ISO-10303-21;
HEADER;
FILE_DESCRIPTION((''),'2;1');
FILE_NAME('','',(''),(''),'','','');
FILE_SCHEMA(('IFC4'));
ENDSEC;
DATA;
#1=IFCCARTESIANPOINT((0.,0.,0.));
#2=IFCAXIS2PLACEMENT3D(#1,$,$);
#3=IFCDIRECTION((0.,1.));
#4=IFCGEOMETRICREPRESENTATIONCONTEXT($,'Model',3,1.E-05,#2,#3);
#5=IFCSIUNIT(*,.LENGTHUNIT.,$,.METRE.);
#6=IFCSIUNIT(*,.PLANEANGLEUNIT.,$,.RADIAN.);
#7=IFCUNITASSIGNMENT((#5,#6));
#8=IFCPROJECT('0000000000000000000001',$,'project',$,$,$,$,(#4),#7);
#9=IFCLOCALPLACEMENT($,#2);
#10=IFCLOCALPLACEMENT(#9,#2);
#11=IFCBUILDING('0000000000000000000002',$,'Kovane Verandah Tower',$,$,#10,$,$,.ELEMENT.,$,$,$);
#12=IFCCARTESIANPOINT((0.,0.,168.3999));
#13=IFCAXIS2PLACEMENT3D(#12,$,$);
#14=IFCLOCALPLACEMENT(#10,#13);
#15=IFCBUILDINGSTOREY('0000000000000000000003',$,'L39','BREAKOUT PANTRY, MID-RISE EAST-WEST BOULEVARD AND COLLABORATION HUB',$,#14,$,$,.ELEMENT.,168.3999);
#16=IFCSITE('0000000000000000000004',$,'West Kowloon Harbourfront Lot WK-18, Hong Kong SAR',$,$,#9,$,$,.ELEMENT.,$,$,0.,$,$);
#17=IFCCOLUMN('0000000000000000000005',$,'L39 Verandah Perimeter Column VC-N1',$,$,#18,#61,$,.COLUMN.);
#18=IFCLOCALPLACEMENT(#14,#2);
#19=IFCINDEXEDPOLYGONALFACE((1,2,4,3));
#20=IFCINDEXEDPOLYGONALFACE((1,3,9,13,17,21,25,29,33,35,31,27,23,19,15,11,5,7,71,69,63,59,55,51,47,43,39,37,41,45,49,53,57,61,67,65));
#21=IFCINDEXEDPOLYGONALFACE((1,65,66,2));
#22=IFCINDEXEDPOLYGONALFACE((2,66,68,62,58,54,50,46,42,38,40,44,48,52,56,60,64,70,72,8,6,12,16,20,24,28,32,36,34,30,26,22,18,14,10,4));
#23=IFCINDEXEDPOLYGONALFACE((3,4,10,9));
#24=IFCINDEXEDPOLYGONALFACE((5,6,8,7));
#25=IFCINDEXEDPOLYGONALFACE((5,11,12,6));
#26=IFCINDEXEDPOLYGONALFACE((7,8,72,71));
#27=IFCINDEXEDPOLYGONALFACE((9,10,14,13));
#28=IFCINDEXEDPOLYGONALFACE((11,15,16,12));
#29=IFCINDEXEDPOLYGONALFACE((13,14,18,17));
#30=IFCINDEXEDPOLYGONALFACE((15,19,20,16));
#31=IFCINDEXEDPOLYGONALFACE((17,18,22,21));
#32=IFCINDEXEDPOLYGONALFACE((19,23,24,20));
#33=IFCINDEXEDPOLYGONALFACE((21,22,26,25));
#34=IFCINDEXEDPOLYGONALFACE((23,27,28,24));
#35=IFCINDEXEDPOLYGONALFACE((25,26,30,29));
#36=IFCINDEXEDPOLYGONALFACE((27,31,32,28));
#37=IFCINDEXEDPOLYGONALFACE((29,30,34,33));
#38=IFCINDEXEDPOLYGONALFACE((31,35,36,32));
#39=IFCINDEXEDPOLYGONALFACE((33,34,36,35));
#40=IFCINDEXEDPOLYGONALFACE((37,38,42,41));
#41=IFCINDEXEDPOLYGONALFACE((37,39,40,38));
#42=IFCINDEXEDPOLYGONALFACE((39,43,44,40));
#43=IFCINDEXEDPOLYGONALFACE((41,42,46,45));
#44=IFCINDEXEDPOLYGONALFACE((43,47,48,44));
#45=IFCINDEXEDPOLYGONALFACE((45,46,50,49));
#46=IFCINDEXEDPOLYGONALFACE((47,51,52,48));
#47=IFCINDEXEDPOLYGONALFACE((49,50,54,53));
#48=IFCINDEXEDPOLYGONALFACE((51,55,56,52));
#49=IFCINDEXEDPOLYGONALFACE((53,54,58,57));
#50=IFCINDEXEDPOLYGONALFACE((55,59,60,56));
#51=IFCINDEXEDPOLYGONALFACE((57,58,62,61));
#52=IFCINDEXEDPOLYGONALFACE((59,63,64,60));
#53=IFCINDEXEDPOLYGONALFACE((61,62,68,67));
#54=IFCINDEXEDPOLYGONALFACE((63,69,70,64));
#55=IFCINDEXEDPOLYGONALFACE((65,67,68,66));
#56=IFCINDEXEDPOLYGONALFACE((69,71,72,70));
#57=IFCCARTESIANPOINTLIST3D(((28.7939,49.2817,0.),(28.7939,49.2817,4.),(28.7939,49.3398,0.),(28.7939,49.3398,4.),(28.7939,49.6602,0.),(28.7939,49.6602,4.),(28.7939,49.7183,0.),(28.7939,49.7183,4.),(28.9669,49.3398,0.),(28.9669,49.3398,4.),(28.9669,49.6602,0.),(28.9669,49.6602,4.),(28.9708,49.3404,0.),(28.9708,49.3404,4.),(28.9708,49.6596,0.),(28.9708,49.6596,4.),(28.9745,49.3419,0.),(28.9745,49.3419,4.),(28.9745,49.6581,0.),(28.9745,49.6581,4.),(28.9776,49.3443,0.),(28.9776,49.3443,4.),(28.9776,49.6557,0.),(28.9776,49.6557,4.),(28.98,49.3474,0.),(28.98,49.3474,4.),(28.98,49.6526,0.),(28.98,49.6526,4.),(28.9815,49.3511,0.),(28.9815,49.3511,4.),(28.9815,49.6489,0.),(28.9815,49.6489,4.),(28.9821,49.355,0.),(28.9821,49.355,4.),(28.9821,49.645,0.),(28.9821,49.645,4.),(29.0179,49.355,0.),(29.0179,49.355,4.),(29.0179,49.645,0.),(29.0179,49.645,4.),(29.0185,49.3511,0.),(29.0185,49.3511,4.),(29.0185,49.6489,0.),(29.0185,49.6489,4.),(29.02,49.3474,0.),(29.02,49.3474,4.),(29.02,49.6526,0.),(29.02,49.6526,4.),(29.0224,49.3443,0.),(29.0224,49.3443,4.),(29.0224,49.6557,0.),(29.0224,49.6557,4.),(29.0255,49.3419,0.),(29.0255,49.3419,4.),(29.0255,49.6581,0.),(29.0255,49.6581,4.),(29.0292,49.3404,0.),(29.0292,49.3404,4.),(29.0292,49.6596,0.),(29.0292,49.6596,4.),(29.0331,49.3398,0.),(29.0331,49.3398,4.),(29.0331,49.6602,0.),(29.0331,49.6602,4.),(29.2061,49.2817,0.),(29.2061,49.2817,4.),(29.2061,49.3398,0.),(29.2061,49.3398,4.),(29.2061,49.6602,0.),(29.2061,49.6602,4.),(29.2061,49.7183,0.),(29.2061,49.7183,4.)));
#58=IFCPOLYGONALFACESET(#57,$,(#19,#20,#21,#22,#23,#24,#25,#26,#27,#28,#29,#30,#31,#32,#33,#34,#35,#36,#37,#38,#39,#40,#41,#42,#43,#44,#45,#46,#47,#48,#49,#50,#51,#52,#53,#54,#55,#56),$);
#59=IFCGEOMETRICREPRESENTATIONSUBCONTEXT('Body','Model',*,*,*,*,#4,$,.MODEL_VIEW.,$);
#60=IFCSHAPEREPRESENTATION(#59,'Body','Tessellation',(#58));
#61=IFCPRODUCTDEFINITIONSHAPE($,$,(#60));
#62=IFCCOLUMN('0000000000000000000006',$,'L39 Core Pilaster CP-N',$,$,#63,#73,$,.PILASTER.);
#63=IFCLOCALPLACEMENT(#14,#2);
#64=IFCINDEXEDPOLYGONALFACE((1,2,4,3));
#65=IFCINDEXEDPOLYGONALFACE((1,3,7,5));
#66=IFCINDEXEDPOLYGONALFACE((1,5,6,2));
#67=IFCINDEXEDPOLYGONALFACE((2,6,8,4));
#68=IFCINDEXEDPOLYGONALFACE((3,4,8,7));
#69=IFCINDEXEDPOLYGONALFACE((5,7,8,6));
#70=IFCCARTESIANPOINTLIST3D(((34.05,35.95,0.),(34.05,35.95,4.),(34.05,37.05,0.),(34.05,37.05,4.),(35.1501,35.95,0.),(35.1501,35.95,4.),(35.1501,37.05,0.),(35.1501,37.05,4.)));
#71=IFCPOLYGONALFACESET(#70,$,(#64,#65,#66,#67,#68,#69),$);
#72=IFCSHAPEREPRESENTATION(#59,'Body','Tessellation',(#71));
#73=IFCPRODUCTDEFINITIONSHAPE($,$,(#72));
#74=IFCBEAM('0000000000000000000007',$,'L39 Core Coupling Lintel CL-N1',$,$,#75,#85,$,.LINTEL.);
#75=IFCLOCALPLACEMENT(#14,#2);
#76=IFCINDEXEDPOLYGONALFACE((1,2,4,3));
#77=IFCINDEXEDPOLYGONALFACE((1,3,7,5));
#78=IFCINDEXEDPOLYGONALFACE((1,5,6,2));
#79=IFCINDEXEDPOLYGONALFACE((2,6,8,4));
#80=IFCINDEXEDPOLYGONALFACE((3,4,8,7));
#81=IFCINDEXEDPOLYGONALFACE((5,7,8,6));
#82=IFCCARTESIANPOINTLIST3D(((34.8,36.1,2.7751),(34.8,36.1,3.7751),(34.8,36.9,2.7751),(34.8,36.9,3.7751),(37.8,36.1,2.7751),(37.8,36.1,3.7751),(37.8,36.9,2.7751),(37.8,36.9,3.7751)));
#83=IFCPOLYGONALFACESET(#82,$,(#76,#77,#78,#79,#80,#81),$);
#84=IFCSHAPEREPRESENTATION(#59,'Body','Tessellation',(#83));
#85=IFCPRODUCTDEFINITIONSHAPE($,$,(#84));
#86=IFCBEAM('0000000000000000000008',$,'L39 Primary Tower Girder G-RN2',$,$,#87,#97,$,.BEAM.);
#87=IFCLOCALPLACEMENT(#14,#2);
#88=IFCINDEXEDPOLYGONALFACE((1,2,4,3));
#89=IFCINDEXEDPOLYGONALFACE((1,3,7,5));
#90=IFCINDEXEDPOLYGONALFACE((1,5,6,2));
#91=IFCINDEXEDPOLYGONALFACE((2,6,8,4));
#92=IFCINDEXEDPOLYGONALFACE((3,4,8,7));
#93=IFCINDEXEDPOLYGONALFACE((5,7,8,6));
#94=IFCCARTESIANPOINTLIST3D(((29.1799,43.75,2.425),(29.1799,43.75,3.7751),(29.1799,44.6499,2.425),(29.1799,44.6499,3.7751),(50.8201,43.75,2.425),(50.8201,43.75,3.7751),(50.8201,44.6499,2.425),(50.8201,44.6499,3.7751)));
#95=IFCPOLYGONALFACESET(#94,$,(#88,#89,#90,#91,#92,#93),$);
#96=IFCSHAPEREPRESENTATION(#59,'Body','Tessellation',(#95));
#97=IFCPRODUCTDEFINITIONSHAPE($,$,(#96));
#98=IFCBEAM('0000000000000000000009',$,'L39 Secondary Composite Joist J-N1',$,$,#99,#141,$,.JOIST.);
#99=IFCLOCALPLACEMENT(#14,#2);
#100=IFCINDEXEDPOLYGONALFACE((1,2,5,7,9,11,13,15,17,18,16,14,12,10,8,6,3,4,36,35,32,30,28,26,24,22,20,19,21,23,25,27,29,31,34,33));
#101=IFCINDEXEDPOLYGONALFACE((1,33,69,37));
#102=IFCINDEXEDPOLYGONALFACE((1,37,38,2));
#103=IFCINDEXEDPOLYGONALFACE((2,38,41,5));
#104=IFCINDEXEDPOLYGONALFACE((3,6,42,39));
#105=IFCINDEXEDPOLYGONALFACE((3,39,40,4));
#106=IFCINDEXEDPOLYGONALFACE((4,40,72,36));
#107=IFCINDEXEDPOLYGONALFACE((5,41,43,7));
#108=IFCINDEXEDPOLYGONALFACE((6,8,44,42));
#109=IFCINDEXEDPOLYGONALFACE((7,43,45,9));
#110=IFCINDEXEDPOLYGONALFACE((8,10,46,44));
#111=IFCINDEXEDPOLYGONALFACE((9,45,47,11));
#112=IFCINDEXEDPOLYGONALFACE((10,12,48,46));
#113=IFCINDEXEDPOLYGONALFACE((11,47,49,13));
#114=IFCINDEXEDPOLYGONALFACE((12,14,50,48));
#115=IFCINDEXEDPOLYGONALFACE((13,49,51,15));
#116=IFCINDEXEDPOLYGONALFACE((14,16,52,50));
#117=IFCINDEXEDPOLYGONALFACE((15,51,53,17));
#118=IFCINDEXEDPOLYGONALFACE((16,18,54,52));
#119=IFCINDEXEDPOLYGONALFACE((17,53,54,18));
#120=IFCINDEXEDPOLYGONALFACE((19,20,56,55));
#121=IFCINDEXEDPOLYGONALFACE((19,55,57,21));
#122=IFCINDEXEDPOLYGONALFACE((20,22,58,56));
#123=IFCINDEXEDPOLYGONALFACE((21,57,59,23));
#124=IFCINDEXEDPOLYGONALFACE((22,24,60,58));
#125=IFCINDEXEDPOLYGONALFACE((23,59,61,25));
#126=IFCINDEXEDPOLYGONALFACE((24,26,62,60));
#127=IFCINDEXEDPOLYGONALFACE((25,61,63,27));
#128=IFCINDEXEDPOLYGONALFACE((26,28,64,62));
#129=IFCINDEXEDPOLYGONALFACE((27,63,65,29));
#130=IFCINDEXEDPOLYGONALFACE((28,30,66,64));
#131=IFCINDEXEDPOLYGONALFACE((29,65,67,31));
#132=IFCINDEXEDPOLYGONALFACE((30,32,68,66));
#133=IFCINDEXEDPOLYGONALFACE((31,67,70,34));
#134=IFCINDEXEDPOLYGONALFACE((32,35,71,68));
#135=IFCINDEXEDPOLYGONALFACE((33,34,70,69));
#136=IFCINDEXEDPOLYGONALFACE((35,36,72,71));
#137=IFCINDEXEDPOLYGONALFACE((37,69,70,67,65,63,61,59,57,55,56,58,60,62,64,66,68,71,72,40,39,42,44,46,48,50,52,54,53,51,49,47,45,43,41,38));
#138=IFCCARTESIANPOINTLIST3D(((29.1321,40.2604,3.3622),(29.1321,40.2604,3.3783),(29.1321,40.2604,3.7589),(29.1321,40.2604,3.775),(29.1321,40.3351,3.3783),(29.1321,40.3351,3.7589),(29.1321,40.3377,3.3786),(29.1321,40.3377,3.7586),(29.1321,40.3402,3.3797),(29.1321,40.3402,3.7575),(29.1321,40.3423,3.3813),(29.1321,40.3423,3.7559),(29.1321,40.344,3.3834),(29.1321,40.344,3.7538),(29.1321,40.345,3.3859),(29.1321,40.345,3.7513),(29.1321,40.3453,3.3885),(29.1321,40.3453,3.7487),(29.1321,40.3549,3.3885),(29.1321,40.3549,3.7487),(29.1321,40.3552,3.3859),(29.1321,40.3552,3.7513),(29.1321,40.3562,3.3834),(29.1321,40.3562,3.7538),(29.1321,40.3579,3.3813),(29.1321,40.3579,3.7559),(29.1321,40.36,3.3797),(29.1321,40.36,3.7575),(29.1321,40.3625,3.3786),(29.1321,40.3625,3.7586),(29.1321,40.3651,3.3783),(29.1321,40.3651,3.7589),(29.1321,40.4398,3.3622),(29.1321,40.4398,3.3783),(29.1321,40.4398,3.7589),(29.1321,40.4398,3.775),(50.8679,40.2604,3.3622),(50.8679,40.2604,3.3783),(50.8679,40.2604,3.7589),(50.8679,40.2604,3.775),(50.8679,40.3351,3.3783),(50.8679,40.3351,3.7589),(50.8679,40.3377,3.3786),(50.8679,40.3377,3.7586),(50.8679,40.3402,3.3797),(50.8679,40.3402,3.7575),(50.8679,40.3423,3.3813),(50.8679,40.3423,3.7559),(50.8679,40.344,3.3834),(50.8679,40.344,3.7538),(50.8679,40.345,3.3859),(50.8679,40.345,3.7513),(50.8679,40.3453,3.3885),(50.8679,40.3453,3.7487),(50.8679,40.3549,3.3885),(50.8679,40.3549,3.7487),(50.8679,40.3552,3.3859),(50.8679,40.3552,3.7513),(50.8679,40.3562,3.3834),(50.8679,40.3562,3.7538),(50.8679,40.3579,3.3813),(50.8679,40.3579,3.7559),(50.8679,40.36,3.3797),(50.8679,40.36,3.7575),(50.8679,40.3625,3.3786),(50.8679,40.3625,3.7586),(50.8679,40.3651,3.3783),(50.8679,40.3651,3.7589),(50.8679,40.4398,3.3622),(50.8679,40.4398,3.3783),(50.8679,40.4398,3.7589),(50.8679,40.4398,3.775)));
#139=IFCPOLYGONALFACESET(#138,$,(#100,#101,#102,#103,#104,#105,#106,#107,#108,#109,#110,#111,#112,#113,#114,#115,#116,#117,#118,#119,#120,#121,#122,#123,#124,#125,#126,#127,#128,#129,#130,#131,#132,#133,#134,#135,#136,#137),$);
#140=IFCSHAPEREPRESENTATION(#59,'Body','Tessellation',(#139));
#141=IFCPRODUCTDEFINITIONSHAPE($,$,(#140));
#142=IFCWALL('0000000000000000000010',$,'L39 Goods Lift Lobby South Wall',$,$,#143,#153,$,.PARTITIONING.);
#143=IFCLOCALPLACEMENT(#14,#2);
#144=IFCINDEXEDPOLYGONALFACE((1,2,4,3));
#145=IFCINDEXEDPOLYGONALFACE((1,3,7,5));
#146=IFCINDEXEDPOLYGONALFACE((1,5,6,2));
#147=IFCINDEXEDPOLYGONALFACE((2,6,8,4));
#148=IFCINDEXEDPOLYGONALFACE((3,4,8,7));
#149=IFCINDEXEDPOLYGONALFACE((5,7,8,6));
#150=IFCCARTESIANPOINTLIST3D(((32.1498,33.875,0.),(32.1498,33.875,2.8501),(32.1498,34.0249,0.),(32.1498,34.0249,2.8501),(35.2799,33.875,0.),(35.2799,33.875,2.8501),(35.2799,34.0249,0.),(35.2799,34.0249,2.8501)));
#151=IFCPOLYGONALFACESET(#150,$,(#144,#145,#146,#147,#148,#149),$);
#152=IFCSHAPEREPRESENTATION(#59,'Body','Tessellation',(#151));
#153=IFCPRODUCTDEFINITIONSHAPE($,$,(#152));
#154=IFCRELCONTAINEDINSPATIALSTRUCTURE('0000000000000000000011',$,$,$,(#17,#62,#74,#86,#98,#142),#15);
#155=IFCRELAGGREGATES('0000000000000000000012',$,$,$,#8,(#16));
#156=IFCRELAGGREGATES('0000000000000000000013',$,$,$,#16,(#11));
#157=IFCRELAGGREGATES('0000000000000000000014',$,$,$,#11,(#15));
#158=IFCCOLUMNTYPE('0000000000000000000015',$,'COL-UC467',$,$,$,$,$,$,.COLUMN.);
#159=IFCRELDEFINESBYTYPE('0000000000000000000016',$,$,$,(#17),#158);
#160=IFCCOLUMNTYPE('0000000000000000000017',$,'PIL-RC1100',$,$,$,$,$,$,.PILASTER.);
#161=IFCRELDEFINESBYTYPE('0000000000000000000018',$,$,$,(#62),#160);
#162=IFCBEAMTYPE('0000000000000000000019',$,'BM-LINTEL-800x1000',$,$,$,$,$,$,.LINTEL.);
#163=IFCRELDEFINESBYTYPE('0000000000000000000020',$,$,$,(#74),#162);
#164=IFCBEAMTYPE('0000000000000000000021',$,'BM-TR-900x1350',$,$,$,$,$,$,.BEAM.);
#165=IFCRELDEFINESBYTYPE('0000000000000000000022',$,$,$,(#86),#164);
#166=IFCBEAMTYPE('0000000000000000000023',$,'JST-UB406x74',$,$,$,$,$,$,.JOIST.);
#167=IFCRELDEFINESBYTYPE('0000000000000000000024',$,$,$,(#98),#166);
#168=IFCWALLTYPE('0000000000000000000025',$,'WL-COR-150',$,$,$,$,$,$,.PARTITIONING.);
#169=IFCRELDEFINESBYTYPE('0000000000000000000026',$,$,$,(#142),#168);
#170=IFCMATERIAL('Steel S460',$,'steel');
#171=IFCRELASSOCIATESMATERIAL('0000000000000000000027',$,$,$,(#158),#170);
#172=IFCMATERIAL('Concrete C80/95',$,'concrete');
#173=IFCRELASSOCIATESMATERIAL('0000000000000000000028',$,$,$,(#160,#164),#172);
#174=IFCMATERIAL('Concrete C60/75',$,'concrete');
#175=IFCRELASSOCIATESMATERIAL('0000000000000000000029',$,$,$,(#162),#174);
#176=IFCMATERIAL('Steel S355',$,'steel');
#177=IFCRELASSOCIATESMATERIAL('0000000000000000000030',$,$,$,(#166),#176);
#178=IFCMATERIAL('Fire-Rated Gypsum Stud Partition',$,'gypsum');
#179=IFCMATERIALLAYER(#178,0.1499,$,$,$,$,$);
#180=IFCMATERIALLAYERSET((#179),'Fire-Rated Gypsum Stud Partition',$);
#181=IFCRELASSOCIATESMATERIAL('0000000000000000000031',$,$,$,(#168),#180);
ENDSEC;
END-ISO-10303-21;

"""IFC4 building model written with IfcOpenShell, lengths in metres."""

from ifc_helpers import new_model, si_unit, direction, frame, frame_2d, origin, origin_2d, place, context, subcontext, project, spatial, rectangle, i_section, extrude, material, layer, layer_set, material_profile, profile_set, type_object, element, save


model = new_model("IFC4")

# Units and contexts
model_context = context("Model", 3, precision=1e-05, world=origin(), true_north=direction((0.0, 1.0)))
body_context = subcontext(model_context, "Body", "Model", "MODEL_VIEW")
ifc_project = project(units=[si_unit("LENGTHUNIT", "METRE"), si_unit("PLANEANGLEUNIT", "RADIAN")], contexts=[model_context])

# Site, building, storey
site_placement = place(None, origin())
site = spatial("IfcSite", under=ifc_project, at=site_placement, Name="West Kowloon Harbourfront Lot WK-18, Hong Kong SAR", CompositionType="ELEMENT", RefElevation=0.0)
building_placement = place(site_placement, origin())
building = spatial("IfcBuilding", under=site, at=building_placement, Name="Kovane Verandah Tower", CompositionType="ELEMENT")
storey_placement = place(building_placement, frame((0.0, 0.0, 168.3999)))
storey = spatial("IfcBuildingStorey", under=building, at=storey_placement, Name="L39", Description="BREAKOUT PANTRY, MID-RISE EAST-WEST BOULEVARD AND COLLABORATION HUB", CompositionType="ELEMENT", Elevation=168.3999)

# Columns
ifc_material_1 = material(Name="Steel S460", Category="steel")
ifc_material_profile_1 = material_profile(ifc_material_1, i_section(OverallWidth=0.4121, OverallDepth=0.4365, WebThickness=0.0359, FlangeThickness=0.0581, FilletRadius=0.0151, at=origin_2d()), Name="UC356x406x467")
ifc_profile_set_1 = profile_set([ifc_material_profile_1], Name="Steel S460")
column_type_1 = type_object("IfcColumnType", Name="COL-UC467", PredefinedType="COLUMN", material=ifc_profile_set_1)
column_1_placement = place(storey_placement, frame((29.0, 49.5, 0.0), z_axis=(0.0, 0.0, 1.0), x_axis=(1.0, 0.0, 0.0)))
element("IfcColumn", 1, at=column_1_placement, inside=storey, type_object=column_type_1, Name="L39 Verandah Perimeter Column VC-N1", PredefinedType="COLUMN", context=body_context, shape_type="SweptSolid", body=[
    extrude(i_section(OverallWidth=0.4121, OverallDepth=0.4365, WebThickness=0.0359, FlangeThickness=0.0581, FilletRadius=0.0151, at=origin_2d()), origin(), (0.0, 0.0, 1.0), 4.0),
])
ifc_material_2 = material(Name="Concrete C80/95", Category="concrete")
ifc_material_profile_2 = material_profile(ifc_material_2, rectangle(XDim=1.1001, YDim=1.1001, at=origin_2d()), Name="RC1100x1100")
ifc_profile_set_2 = profile_set([ifc_material_profile_2], Name="Concrete C80/95")
column_type_2 = type_object("IfcColumnType", Name="PIL-RC1100", PredefinedType="PILASTER", material=ifc_profile_set_2)
column_2_placement = place(storey_placement, frame((34.6001, 36.5, 0.0), z_axis=(0.0, 0.0, 1.0), x_axis=(1.0, 0.0, 0.0)))
element("IfcColumn", 2, at=column_2_placement, inside=storey, type_object=column_type_2, Name="L39 Core Pilaster CP-N", PredefinedType="PILASTER", context=body_context, shape_type="SweptSolid", body=[
    extrude(rectangle(XDim=1.1001, YDim=1.1001, at=origin_2d()), origin(), (0.0, 0.0, 1.0), 4.0),
])

# Beams
ifc_material_3 = material(Name="Concrete C60/75", Category="concrete")
ifc_material_profile_3 = material_profile(ifc_material_3, rectangle(XDim=0.8, YDim=1.0, at=origin_2d()), Name="RCB800x1000")
ifc_profile_set_3 = profile_set([ifc_material_profile_3], Name="Concrete C60/75")
beam_type_1 = type_object("IfcBeamType", Name="BM-LINTEL-800x1000", PredefinedType="LINTEL", material=ifc_profile_set_3)
beam_1_placement = place(storey_placement, frame((34.8, 36.5, 3.2751), z_axis=(1.0, 0.0, 0.0), x_axis=(0.0, 1.0, 0.0)))
element("IfcBeam", 3, at=beam_1_placement, inside=storey, type_object=beam_type_1, Name="L39 Core Coupling Lintel CL-N1", PredefinedType="LINTEL", context=body_context, shape_type="SweptSolid", body=[
    extrude(rectangle(XDim=0.8, YDim=1.0, at=origin_2d()), origin(), (0.0, 0.0, 1.0), 3.0),
])
ifc_material_profile_4 = material_profile(ifc_material_2, rectangle(XDim=0.8999, YDim=1.3501, at=origin_2d()), Name="RCB900x1350")
ifc_profile_set_4 = profile_set([ifc_material_profile_4], Name="Concrete C80/95")
beam_type_2 = type_object("IfcBeamType", Name="BM-TR-900x1350", PredefinedType="BEAM", material=ifc_profile_set_4)
beam_2_placement = place(storey_placement, frame((29.1799, 44.2, 3.1001), z_axis=(1.0, 0.0, 0.0), x_axis=(0.0, 1.0, 0.0)))
element("IfcBeam", 4, at=beam_2_placement, inside=storey, type_object=beam_type_2, Name="L39 Primary Tower Girder G-RN2", PredefinedType="BEAM", context=body_context, shape_type="SweptSolid", body=[
    extrude(rectangle(XDim=0.8999, YDim=1.3501, at=origin_2d()), origin(), (0.0, 0.0, 1.0), 21.6401),
])
ifc_material_4 = material(Name="Steel S355", Category="steel")
ifc_material_profile_5 = material_profile(ifc_material_4, i_section(OverallWidth=0.1794, OverallDepth=0.4128, WebThickness=0.0095, FlangeThickness=0.0161, FilletRadius=0.0103, at=origin_2d()), Name="UB406x178x74")
ifc_profile_set_5 = profile_set([ifc_material_profile_5], Name="Steel S355")
beam_type_3 = type_object("IfcBeamType", Name="JST-UB406x74", PredefinedType="JOIST", material=ifc_profile_set_5)
beam_3_placement = place(storey_placement, frame((29.1321, 40.3501, 3.5686), z_axis=(1.0, 0.0, 0.0), x_axis=(0.0, 1.0, 0.0)))
element("IfcBeam", 5, at=beam_3_placement, inside=storey, type_object=beam_type_3, Name="L39 Secondary Composite Joist J-N1", PredefinedType="JOIST", context=body_context, shape_type="SweptSolid", body=[
    extrude(i_section(OverallWidth=0.1794, OverallDepth=0.4128, WebThickness=0.0095, FlangeThickness=0.0161, FilletRadius=0.0103, at=origin_2d()), origin(), (0.0, 0.0, 1.0), 21.7358),
])

# Wall
ifc_material_5 = material(Name="Fire-Rated Gypsum Stud Partition", Category="gypsum")
ifc_layer_1 = layer(ifc_material_5, 0.1499)
ifc_layer_set_1 = layer_set([ifc_layer_1], Name="Fire-Rated Gypsum Stud Partition")
wall_type_1 = type_object("IfcWallType", Name="WL-COR-150", PredefinedType="PARTITIONING", material=ifc_layer_set_1)
wall_1_placement = place(storey_placement, frame((32.1499, 33.95, 0.0), z_axis=(0.0, 0.0, 1.0), x_axis=(1.0, 0.0, 0.0)))
element("IfcWall", 6, at=wall_1_placement, inside=storey, type_object=wall_type_1, Name="L39 Goods Lift Lobby South Wall", PredefinedType="PARTITIONING", context=body_context, shape_type="SweptSolid", body=[
    extrude(rectangle(XDim=3.1301, YDim=0.1499, at=frame_2d((1.5649, 0.0))), origin(), (0.0, 0.0, 1.0), 2.8501),
])

save(model, "model.ifc")
